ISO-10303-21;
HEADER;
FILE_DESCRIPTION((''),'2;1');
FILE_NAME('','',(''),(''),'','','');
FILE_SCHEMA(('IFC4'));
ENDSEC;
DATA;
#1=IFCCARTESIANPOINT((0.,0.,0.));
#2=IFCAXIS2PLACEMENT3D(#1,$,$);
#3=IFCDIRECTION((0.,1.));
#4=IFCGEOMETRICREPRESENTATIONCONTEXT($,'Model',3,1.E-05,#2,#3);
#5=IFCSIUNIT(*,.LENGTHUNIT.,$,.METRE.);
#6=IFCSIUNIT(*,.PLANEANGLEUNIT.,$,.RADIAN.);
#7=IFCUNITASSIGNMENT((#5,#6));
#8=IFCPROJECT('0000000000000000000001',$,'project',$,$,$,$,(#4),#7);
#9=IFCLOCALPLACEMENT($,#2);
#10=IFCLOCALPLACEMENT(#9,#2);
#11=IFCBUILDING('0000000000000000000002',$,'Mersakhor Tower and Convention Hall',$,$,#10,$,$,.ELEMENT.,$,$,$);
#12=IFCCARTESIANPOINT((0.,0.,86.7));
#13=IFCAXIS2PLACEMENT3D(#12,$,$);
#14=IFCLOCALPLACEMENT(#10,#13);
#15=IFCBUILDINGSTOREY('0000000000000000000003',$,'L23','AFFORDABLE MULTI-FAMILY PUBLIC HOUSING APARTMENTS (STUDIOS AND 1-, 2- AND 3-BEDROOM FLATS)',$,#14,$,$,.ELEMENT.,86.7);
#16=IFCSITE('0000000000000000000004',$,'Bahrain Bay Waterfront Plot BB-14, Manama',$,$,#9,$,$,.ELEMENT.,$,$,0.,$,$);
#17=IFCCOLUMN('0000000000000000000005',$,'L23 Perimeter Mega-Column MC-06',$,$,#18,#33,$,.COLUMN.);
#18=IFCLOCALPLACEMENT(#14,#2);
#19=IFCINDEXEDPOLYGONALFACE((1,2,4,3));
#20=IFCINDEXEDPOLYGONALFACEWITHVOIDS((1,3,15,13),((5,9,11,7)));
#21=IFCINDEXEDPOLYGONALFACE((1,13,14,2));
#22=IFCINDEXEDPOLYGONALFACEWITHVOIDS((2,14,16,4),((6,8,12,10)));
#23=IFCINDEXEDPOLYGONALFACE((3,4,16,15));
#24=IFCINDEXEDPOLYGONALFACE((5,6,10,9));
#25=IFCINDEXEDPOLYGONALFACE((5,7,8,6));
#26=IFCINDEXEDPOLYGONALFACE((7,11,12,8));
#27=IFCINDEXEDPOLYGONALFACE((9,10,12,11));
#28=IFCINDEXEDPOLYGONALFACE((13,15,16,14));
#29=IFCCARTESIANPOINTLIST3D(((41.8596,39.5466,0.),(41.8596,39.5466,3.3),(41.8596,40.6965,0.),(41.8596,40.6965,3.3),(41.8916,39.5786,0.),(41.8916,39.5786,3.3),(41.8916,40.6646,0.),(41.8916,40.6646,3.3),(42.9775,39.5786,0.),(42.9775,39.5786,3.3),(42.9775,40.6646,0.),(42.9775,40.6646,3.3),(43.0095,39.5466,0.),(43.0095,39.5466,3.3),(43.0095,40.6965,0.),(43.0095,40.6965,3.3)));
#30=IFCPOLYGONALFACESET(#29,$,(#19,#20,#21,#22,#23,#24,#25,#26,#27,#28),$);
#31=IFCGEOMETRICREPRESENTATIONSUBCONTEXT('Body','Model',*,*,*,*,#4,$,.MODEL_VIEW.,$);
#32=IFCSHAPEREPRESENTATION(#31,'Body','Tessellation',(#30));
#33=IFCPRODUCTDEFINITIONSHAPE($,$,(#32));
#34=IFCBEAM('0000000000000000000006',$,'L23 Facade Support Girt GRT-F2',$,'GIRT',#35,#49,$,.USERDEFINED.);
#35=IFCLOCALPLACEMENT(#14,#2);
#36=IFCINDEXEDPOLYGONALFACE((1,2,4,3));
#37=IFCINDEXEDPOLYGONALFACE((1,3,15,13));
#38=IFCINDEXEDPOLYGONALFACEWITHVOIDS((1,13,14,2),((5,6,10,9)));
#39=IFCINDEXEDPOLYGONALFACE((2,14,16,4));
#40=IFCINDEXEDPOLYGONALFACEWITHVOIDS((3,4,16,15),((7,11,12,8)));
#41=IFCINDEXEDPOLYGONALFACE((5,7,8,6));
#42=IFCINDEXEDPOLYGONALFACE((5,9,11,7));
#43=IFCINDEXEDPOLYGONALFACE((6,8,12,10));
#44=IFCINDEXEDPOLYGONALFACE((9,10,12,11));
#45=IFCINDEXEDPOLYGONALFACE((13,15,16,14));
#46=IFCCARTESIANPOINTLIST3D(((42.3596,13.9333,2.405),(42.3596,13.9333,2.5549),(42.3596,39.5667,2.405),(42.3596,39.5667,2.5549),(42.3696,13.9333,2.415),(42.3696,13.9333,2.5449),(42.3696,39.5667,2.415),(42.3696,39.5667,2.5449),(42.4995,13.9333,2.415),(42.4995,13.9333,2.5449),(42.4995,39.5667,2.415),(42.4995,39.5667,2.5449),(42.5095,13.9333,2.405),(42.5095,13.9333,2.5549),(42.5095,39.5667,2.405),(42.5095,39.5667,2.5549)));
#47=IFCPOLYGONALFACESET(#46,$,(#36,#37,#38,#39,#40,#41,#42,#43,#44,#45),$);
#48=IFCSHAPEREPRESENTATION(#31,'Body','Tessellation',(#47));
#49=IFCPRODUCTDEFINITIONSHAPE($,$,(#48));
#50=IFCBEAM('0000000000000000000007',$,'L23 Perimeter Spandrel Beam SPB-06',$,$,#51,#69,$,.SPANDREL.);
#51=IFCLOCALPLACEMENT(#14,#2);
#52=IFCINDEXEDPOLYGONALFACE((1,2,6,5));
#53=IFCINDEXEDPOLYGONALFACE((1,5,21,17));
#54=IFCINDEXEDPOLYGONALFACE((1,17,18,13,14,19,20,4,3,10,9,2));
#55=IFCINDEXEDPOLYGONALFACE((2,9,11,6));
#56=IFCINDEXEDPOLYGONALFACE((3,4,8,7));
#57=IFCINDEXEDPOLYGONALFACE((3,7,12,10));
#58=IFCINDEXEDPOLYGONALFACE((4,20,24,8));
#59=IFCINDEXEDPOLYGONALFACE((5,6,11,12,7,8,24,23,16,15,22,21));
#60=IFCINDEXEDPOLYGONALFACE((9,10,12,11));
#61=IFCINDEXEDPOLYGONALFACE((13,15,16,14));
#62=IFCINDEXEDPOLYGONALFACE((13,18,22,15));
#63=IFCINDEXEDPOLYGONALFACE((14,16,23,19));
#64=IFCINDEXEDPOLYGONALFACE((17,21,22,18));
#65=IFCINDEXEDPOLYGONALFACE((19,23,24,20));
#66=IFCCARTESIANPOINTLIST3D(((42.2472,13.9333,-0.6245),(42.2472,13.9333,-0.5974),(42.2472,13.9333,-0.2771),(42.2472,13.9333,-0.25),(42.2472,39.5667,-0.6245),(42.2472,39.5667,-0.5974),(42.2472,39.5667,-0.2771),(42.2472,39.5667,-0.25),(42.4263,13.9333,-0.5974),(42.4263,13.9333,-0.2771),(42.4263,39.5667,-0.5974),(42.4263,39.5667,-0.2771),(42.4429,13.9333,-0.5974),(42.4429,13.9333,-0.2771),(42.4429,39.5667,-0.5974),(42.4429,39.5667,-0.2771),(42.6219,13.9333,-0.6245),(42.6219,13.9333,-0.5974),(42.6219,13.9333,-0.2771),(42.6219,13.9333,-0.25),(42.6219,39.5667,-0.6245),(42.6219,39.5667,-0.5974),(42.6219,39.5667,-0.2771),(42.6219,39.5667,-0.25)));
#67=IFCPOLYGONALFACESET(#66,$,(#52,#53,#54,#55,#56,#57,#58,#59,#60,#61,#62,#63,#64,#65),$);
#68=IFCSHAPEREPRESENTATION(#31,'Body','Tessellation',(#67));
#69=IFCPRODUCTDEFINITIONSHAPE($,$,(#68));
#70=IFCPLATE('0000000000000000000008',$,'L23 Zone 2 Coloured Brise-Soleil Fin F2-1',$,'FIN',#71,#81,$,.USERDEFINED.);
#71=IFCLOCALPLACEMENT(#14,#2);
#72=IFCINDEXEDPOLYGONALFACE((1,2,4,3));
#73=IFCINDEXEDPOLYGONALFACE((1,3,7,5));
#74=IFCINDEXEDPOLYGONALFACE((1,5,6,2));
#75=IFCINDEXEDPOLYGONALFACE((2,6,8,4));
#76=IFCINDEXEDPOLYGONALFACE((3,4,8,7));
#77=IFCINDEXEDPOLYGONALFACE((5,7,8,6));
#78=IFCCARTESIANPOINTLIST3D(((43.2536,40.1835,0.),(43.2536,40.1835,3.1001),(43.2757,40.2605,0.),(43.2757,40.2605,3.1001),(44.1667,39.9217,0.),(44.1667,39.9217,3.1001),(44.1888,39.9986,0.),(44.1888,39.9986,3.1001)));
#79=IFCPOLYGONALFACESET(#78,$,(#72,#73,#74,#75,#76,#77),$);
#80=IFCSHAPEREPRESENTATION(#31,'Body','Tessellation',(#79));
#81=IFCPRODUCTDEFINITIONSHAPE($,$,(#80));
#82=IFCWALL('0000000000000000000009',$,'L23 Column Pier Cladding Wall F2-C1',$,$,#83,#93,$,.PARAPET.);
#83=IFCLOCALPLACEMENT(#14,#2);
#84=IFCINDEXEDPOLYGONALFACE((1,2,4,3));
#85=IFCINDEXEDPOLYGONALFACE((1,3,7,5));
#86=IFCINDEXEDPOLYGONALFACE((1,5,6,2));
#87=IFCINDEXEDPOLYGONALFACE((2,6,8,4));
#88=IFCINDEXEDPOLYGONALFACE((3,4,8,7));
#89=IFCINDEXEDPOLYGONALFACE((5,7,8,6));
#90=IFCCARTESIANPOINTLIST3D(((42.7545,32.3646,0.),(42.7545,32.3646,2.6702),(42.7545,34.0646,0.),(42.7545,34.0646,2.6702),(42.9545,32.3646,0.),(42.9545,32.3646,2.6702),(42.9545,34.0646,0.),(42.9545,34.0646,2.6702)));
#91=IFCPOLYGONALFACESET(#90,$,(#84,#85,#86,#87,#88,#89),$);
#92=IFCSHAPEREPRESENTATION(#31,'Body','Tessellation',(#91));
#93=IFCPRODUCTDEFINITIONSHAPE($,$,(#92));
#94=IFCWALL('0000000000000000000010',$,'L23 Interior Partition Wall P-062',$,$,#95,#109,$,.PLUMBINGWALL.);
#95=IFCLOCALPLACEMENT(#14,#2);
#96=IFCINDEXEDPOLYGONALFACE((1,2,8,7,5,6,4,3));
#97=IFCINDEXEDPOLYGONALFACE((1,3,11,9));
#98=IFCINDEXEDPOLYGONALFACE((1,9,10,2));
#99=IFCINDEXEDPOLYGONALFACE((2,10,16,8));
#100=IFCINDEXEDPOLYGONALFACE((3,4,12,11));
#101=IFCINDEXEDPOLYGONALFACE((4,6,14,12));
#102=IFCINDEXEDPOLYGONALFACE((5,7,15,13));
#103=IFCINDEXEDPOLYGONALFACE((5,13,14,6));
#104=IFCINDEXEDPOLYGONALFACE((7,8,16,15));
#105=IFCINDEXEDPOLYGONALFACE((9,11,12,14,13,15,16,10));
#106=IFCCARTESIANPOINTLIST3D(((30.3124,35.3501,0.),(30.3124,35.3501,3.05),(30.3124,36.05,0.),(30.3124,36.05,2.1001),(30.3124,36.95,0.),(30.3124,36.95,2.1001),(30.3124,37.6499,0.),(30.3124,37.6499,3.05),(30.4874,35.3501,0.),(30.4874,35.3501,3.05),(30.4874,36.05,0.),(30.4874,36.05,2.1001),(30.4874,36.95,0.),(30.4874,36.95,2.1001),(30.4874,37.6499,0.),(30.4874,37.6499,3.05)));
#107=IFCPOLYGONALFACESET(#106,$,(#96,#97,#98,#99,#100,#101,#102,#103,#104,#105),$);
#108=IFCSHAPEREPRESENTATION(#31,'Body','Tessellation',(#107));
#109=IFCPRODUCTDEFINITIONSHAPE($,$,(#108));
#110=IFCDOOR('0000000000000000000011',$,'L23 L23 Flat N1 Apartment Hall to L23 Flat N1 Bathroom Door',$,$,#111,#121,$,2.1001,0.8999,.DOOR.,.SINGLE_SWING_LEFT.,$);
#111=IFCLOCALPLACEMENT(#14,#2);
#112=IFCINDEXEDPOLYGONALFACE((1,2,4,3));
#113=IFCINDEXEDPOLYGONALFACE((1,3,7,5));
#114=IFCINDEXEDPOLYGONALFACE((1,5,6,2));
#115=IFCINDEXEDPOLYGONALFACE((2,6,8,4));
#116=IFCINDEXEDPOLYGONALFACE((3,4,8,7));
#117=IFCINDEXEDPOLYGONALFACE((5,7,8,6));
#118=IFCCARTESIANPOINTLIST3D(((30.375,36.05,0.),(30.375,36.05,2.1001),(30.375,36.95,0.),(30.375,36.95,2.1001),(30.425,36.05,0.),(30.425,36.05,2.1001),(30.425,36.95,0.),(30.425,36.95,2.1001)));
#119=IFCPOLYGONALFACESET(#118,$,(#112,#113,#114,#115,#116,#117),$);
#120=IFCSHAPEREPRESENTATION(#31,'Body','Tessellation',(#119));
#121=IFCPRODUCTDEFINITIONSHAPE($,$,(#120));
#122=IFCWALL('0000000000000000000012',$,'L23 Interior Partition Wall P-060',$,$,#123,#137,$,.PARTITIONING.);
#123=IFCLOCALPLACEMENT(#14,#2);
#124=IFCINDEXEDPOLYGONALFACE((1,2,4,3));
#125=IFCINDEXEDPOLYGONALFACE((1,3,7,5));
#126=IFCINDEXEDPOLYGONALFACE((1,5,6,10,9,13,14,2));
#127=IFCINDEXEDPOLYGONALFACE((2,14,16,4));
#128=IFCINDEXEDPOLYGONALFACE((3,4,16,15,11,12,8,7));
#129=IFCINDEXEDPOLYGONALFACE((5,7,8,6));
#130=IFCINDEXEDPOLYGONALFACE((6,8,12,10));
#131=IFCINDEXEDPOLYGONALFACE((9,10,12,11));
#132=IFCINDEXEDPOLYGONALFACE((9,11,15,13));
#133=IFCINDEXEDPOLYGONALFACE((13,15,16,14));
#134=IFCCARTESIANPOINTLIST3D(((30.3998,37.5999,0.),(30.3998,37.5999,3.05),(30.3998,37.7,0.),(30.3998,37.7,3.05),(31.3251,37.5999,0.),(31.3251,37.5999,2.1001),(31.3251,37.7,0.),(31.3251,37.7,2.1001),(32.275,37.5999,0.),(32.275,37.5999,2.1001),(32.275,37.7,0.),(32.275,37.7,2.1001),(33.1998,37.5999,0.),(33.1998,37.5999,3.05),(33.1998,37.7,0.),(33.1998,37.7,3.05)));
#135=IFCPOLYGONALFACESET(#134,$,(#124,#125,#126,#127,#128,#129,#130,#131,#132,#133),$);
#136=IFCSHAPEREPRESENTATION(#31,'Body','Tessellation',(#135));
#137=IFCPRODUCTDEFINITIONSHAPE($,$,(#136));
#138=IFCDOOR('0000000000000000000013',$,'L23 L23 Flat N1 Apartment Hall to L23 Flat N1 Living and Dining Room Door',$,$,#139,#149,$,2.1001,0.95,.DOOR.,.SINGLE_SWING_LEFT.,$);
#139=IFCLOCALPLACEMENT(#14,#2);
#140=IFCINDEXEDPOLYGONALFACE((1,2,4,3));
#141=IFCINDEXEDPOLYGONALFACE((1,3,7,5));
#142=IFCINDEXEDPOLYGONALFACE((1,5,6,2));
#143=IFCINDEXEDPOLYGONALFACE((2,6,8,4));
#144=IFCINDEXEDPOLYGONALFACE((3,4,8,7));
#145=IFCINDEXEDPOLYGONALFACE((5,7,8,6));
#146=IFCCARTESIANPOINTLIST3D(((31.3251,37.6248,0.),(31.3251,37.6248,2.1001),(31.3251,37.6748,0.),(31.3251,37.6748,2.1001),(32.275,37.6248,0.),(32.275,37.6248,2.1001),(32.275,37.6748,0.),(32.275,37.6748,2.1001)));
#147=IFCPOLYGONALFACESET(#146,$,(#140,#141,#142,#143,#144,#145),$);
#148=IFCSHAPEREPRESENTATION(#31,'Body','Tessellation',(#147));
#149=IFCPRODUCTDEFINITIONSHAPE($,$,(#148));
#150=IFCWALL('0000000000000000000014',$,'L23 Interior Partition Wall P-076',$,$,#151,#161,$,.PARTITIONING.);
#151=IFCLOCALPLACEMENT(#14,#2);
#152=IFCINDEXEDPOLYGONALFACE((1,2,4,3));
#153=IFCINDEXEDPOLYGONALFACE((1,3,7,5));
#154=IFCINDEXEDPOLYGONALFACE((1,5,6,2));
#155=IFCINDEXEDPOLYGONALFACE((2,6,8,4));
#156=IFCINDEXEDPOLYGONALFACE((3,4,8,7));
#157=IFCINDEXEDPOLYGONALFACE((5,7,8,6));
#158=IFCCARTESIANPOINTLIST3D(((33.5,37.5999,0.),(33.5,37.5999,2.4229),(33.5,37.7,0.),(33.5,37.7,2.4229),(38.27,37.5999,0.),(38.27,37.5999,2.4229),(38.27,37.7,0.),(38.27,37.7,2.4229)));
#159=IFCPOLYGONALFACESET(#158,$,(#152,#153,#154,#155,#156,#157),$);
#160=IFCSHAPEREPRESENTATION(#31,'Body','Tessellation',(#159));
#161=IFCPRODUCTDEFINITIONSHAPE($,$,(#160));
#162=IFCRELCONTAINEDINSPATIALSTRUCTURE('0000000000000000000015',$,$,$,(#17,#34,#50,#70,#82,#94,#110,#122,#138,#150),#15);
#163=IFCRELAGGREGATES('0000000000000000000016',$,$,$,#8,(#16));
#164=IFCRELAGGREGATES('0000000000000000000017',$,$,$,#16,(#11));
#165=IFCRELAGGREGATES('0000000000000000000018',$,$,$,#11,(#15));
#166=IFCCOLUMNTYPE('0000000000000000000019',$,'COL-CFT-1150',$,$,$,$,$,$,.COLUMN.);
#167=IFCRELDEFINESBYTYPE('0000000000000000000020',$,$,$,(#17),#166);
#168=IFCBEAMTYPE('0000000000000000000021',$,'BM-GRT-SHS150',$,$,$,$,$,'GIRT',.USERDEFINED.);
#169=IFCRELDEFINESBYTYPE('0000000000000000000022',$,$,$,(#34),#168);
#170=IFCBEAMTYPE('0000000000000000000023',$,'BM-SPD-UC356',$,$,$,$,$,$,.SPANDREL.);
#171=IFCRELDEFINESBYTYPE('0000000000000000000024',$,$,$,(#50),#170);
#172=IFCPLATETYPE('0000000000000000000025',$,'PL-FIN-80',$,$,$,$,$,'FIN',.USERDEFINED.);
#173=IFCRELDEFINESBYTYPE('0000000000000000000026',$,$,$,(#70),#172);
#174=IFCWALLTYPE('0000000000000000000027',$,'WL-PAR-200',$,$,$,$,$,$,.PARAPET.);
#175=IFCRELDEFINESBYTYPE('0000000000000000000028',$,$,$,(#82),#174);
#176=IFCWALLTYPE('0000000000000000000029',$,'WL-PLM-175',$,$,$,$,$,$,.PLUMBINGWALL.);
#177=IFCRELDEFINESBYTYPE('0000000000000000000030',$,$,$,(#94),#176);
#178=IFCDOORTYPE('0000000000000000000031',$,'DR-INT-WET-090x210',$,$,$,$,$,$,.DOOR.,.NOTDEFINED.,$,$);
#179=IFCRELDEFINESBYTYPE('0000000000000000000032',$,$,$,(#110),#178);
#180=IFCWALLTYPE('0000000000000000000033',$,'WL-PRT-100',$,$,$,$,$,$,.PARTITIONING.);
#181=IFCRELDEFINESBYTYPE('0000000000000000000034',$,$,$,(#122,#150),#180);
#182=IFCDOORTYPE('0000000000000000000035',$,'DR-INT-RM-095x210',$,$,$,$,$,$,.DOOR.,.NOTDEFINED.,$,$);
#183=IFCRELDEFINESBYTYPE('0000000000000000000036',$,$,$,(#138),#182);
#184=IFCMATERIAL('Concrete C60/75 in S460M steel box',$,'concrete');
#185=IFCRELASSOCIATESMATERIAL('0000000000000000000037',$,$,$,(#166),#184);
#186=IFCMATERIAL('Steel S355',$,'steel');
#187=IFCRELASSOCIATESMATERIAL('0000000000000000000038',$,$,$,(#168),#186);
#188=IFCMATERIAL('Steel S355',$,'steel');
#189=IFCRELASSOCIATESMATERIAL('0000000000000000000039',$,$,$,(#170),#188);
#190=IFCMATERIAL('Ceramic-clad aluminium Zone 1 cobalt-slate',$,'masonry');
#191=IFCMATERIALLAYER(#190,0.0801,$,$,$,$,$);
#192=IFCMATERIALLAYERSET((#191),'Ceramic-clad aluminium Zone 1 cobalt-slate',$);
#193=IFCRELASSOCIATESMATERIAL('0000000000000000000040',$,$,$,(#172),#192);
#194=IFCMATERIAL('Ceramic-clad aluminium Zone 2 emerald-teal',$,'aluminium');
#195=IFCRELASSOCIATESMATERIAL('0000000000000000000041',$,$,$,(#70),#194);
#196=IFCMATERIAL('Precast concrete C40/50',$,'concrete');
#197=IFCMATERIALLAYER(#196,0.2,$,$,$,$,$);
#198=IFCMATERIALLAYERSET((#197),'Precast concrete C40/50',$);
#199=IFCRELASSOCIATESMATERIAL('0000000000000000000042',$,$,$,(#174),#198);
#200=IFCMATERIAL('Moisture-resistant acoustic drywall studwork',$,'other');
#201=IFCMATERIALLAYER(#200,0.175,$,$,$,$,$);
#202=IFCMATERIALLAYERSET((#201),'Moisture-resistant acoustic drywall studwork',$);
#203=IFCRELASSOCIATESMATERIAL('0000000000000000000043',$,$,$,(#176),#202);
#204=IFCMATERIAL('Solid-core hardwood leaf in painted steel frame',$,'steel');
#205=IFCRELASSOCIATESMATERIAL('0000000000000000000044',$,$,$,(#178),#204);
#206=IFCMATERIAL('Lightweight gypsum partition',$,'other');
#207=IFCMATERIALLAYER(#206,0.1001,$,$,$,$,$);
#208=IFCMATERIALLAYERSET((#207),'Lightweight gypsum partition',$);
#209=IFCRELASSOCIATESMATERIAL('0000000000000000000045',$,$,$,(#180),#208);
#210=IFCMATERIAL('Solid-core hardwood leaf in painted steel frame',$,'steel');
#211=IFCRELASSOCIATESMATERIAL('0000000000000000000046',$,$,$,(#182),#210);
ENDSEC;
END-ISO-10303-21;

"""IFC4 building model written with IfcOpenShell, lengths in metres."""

from ifc_helpers import new_model, si_unit, direction, frame, frame_2d, origin, origin_2d, place, context, subcontext, project, spatial, rectangle, hollow_rectangle, i_section, extrude, material, layer, layer_set, material_profile, profile_set, type_object, element, fill, save


model = new_model("IFC4")

# Units and contexts
model_context = context("Model", 3, precision=1e-05, world=origin(), true_north=direction((0.0, 1.0)))
body_context = subcontext(model_context, "Body", "Model", "MODEL_VIEW")
ifc_project = project(units=[si_unit("LENGTHUNIT", "METRE"), si_unit("PLANEANGLEUNIT", "RADIAN")], contexts=[model_context])

# Site, building, storey
site_placement = place(None, origin())
site = spatial("IfcSite", under=ifc_project, at=site_placement, Name="Bahrain Bay Waterfront Plot BB-14, Manama", CompositionType="ELEMENT", RefElevation=0.0)
building_placement = place(site_placement, origin())
building = spatial("IfcBuilding", under=site, at=building_placement, Name="Mersakhor Tower and Convention Hall", CompositionType="ELEMENT")
storey_placement = place(building_placement, frame((0.0, 0.0, 86.7)))
storey = spatial("IfcBuildingStorey", under=building, at=storey_placement, Name="L23", Description="AFFORDABLE MULTI-FAMILY PUBLIC HOUSING APARTMENTS (STUDIOS AND 1-, 2- AND 3-BEDROOM FLATS)", CompositionType="ELEMENT", Elevation=86.7)

# Column
ifc_material_1 = material(Name="Concrete C60/75 in S460M steel box", Category="concrete")
ifc_material_profile_1 = material_profile(ifc_material_1, hollow_rectangle(XDim=1.1499, YDim=1.1499, WallThickness=0.032, at=origin_2d()), Name="SHS 1150x1150x32")
ifc_profile_set_1 = profile_set([ifc_material_profile_1], Name="Concrete C60/75 in S460M steel box")
column_type = type_object("IfcColumnType", Name="COL-CFT-1150", PredefinedType="COLUMN", material=ifc_profile_set_1)
column_placement = place(storey_placement, frame((42.4346, 40.1216, 0.0), z_axis=(0.0, 0.0, 1.0), x_axis=(1.0, 0.0, 0.0)))
element("IfcColumn", 1, at=column_placement, inside=storey, type_object=column_type, Name="L23 Perimeter Mega-Column MC-06", PredefinedType="COLUMN", context=body_context, shape_type="SweptSolid", body=[
    extrude(hollow_rectangle(XDim=1.1499, YDim=1.1499, WallThickness=0.032, at=origin_2d()), origin(), (0.0, 0.0, 1.0), 3.3),
])

# Beams
ifc_material_2 = material(Name="Steel S355", Category="steel")
ifc_material_profile_2 = material_profile(ifc_material_2, hollow_rectangle(XDim=0.1499, YDim=0.1499, WallThickness=0.01, at=origin_2d()), Name="SHS 150x150x10")
ifc_profile_set_2 = profile_set([ifc_material_profile_2], Name="Steel S355")
beam_type_1 = type_object("IfcBeamType", Name="BM-GRT-SHS150", ElementType="GIRT", PredefinedType="USERDEFINED", material=ifc_profile_set_2)
beam_1_placement = place(storey_placement, frame((42.4346, 39.5667, 2.48), z_axis=(0.0, -1.0, 0.0), x_axis=(1.0, 0.0, 0.0)))
element("IfcBeam", 2, at=beam_1_placement, inside=storey, type_object=beam_type_1, Name="L23 Facade Support Girt GRT-F2", ObjectType="GIRT", PredefinedType="USERDEFINED", context=body_context, shape_type="SweptSolid", body=[
    extrude(hollow_rectangle(XDim=0.1499, YDim=0.1499, WallThickness=0.01, at=origin_2d()), origin(), (0.0, 0.0, 1.0), 25.6333),
])
ifc_material_3 = material(Name="Steel S355", Category="steel")
ifc_material_profile_3 = material_profile(ifc_material_3, i_section(OverallWidth=0.3748, OverallDepth=0.3745, WebThickness=0.0166, FlangeThickness=0.0271, at=origin_2d()), Name="UC 356x368x202")
ifc_profile_set_3 = profile_set([ifc_material_profile_3], Name="Steel S355")
beam_type_2 = type_object("IfcBeamType", Name="BM-SPD-UC356", PredefinedType="SPANDREL", material=ifc_profile_set_3)
beam_2_placement = place(storey_placement, frame((42.4346, 39.5667, -0.4373), z_axis=(0.0, -1.0, 0.0), x_axis=(1.0, 0.0, 0.0)))
element("IfcBeam", 3, at=beam_2_placement, inside=storey, type_object=beam_type_2, Name="L23 Perimeter Spandrel Beam SPB-06", PredefinedType="SPANDREL", context=body_context, shape_type="SweptSolid", body=[
    extrude(i_section(OverallWidth=0.3748, OverallDepth=0.3745, WebThickness=0.0166, FlangeThickness=0.0271, at=origin_2d()), origin(), (0.0, 0.0, 1.0), 25.6333),
])

# Plate
ifc_material_4 = material(Name="Ceramic-clad aluminium Zone 2 emerald-teal", Category="aluminium")
ifc_material_5 = material(Name="Ceramic-clad aluminium Zone 1 cobalt-slate", Category="masonry")
ifc_layer_1 = layer(ifc_material_5, 0.0801)
ifc_layer_set_1 = layer_set([ifc_layer_1], Name="Ceramic-clad aluminium Zone 1 cobalt-slate")
plate_type = type_object("IfcPlateType", Name="PL-FIN-80", ElementType="FIN", PredefinedType="USERDEFINED", material=ifc_layer_set_1)
plate_placement = place(storey_placement, frame((43.7212, 40.0911, 0.0), z_axis=(0.0, 0.0, 1.0), x_axis=(0.961262, -0.275637, 0.0)))
element("IfcPlate", 4, at=plate_placement, inside=storey, type_object=plate_type, material=ifc_material_4, Name="L23 Zone 2 Coloured Brise-Soleil Fin F2-1", ObjectType="FIN", PredefinedType="USERDEFINED", context=body_context, shape_type="SweptSolid", body=[
    extrude(rectangle(XDim=0.95, YDim=0.0801, at=origin_2d()), origin(), (0.0, 0.0, 1.0), 3.1001),
])

# Wall
ifc_material_6 = material(Name="Precast concrete C40/50", Category="concrete")
ifc_layer_2 = layer(ifc_material_6, 0.2)
ifc_layer_set_2 = layer_set([ifc_layer_2], Name="Precast concrete C40/50")
wall_type_1 = type_object("IfcWallType", Name="WL-PAR-200", PredefinedType="PARAPET", material=ifc_layer_set_2)
wall_1_placement = place(storey_placement, frame((42.8545, 34.0647, 0.0), z_axis=(0.0, 0.0, 1.0), x_axis=(0.0, -1.0, 0.0)))
element("IfcWall", 5, at=wall_1_placement, inside=storey, type_object=wall_type_1, Name="L23 Column Pier Cladding Wall F2-C1", PredefinedType="PARAPET", context=body_context, shape_type="SweptSolid", body=[
    extrude(rectangle(XDim=1.7, YDim=0.2, at=frame_2d((0.8501, 0.0))), origin(), (0.0, 0.0, 1.0), 2.6702),
])

# Walls, openings, doors
ifc_material_7 = material(Name="Moisture-resistant acoustic drywall studwork", Category="other")
ifc_layer_3 = layer(ifc_material_7, 0.175)
ifc_layer_set_3 = layer_set([ifc_layer_3], Name="Moisture-resistant acoustic drywall studwork")
wall_type_2 = type_object("IfcWallType", Name="WL-PLM-175", PredefinedType="PLUMBINGWALL", material=ifc_layer_set_3)
wall_2_placement = place(storey_placement, frame((30.3999, 35.3501, 0.0), z_axis=(0.0, 0.0, 1.0), x_axis=(0.0, 1.0, 0.0)))
wall_2 = element("IfcWall", 6, at=wall_2_placement, inside=storey, type_object=wall_type_2, Name="L23 Interior Partition Wall P-062", PredefinedType="PLUMBINGWALL", context=body_context, shape_type="SweptSolid", body=[
    extrude(rectangle(XDim=2.2998, YDim=0.175, at=frame_2d((1.1499, 0.0))), origin(), (0.0, 0.0, 1.0), 3.05),
])
opening_1_placement = place(wall_2_placement, frame((0.7, 0.0, 0.0)))
opening_1 = element("IfcOpeningElement", 7, at=opening_1_placement, cuts=wall_2, PredefinedType="OPENING", context=body_context, shape_type="SweptSolid", body=[
    extrude(rectangle(XDim=0.8999, YDim=2.1001, at=frame_2d((0.45, 1.05))), frame((0.0, 0.0974, 0.0), z_axis=(0.0, -1.0, 0.0), x_axis=(1.0, 0.0, 0.0)), (0.0, 0.0, 1.0), 0.1951),
])
ifc_material_8 = material(Name="Solid-core hardwood leaf in painted steel frame", Category="steel")
door_type_1 = type_object("IfcDoorType", Name="DR-INT-WET-090x210", OperationType="NOTDEFINED", PredefinedType="DOOR", material=ifc_material_8)
door_1_placement = place(opening_1_placement, origin())
door_1 = element("IfcDoor", 8, at=door_1_placement, inside=storey, type_object=door_type_1, Name="L23 L23 Flat N1 Apartment Hall to L23 Flat N1 Bathroom Door", OperationType="SINGLE_SWING_LEFT", OverallHeight=2.1001, OverallWidth=0.8999, PredefinedType="DOOR", context=body_context, shape_type="SweptSolid", body=[
    extrude(rectangle(XDim=0.8999, YDim=2.1001, at=frame_2d((0.45, 1.05))), frame((0.0, 0.0249, 0.0), z_axis=(0.0, -1.0, 0.0), x_axis=(1.0, 0.0, 0.0)), (0.0, 0.0, 1.0), 0.05),
])
fill(opening_1, door_1)
ifc_material_9 = material(Name="Lightweight gypsum partition", Category="other")
ifc_layer_4 = layer(ifc_material_9, 0.1001)
ifc_layer_set_4 = layer_set([ifc_layer_4], Name="Lightweight gypsum partition")
wall_type_3 = type_object("IfcWallType", Name="WL-PRT-100", PredefinedType="PARTITIONING", material=ifc_layer_set_4)
wall_3_placement = place(storey_placement, frame((30.3999, 37.6499, 0.0), z_axis=(0.0, 0.0, 1.0), x_axis=(1.0, 0.0, 0.0)))
wall_3 = element("IfcWall", 9, at=wall_3_placement, inside=storey, type_object=wall_type_3, Name="L23 Interior Partition Wall P-060", PredefinedType="PARTITIONING", context=body_context, shape_type="SweptSolid", body=[
    extrude(rectangle(XDim=2.8, YDim=0.1001, at=frame_2d((1.3999, 0.0))), origin(), (0.0, 0.0, 1.0), 3.05),
])
opening_2_placement = place(wall_3_placement, frame((0.925, 0.0, 0.0)))
opening_2 = element("IfcOpeningElement", 10, at=opening_2_placement, cuts=wall_3, PredefinedType="OPENING", context=body_context, shape_type="SweptSolid", body=[
    extrude(rectangle(XDim=0.95, YDim=2.1001, at=frame_2d((0.4751, 1.05))), frame((0.0, 0.0601, 0.0), z_axis=(0.0, -1.0, 0.0), x_axis=(1.0, 0.0, 0.0)), (0.0, 0.0, 1.0), 0.1201),
])
ifc_material_10 = material(Name="Solid-core hardwood leaf in painted steel frame", Category="steel")
door_type_2 = type_object("IfcDoorType", Name="DR-INT-RM-095x210", OperationType="NOTDEFINED", PredefinedType="DOOR", material=ifc_material_10)
door_2_placement = place(opening_2_placement, origin())
door_2 = element("IfcDoor", 11, at=door_2_placement, inside=storey, type_object=door_type_2, Name="L23 L23 Flat N1 Apartment Hall to L23 Flat N1 Living and Dining Room Door", OperationType="SINGLE_SWING_LEFT", OverallHeight=2.1001, OverallWidth=0.95, PredefinedType="DOOR", context=body_context, shape_type="SweptSolid", body=[
    extrude(rectangle(XDim=0.95, YDim=2.1001, at=frame_2d((0.4751, 1.05))), frame((0.0, 0.0249, 0.0), z_axis=(0.0, -1.0, 0.0), x_axis=(1.0, 0.0, 0.0)), (0.0, 0.0, 1.0), 0.05),
])
fill(opening_2, door_2)

# Wall
wall_4_placement = place(storey_placement, frame((33.5, 37.6499, 0.0), z_axis=(0.0, 0.0, 1.0), x_axis=(1.0, 0.0, 0.0)))
element("IfcWall", 12, at=wall_4_placement, inside=storey, type_object=wall_type_3, Name="L23 Interior Partition Wall P-076", PredefinedType="PARTITIONING", context=body_context, shape_type="SweptSolid", body=[
    extrude(rectangle(XDim=4.77, YDim=0.1001, at=frame_2d((2.385, 0.0))), origin(), (0.0, 0.0, 1.0), 2.4229),
])

save(model, "model.ifc")
